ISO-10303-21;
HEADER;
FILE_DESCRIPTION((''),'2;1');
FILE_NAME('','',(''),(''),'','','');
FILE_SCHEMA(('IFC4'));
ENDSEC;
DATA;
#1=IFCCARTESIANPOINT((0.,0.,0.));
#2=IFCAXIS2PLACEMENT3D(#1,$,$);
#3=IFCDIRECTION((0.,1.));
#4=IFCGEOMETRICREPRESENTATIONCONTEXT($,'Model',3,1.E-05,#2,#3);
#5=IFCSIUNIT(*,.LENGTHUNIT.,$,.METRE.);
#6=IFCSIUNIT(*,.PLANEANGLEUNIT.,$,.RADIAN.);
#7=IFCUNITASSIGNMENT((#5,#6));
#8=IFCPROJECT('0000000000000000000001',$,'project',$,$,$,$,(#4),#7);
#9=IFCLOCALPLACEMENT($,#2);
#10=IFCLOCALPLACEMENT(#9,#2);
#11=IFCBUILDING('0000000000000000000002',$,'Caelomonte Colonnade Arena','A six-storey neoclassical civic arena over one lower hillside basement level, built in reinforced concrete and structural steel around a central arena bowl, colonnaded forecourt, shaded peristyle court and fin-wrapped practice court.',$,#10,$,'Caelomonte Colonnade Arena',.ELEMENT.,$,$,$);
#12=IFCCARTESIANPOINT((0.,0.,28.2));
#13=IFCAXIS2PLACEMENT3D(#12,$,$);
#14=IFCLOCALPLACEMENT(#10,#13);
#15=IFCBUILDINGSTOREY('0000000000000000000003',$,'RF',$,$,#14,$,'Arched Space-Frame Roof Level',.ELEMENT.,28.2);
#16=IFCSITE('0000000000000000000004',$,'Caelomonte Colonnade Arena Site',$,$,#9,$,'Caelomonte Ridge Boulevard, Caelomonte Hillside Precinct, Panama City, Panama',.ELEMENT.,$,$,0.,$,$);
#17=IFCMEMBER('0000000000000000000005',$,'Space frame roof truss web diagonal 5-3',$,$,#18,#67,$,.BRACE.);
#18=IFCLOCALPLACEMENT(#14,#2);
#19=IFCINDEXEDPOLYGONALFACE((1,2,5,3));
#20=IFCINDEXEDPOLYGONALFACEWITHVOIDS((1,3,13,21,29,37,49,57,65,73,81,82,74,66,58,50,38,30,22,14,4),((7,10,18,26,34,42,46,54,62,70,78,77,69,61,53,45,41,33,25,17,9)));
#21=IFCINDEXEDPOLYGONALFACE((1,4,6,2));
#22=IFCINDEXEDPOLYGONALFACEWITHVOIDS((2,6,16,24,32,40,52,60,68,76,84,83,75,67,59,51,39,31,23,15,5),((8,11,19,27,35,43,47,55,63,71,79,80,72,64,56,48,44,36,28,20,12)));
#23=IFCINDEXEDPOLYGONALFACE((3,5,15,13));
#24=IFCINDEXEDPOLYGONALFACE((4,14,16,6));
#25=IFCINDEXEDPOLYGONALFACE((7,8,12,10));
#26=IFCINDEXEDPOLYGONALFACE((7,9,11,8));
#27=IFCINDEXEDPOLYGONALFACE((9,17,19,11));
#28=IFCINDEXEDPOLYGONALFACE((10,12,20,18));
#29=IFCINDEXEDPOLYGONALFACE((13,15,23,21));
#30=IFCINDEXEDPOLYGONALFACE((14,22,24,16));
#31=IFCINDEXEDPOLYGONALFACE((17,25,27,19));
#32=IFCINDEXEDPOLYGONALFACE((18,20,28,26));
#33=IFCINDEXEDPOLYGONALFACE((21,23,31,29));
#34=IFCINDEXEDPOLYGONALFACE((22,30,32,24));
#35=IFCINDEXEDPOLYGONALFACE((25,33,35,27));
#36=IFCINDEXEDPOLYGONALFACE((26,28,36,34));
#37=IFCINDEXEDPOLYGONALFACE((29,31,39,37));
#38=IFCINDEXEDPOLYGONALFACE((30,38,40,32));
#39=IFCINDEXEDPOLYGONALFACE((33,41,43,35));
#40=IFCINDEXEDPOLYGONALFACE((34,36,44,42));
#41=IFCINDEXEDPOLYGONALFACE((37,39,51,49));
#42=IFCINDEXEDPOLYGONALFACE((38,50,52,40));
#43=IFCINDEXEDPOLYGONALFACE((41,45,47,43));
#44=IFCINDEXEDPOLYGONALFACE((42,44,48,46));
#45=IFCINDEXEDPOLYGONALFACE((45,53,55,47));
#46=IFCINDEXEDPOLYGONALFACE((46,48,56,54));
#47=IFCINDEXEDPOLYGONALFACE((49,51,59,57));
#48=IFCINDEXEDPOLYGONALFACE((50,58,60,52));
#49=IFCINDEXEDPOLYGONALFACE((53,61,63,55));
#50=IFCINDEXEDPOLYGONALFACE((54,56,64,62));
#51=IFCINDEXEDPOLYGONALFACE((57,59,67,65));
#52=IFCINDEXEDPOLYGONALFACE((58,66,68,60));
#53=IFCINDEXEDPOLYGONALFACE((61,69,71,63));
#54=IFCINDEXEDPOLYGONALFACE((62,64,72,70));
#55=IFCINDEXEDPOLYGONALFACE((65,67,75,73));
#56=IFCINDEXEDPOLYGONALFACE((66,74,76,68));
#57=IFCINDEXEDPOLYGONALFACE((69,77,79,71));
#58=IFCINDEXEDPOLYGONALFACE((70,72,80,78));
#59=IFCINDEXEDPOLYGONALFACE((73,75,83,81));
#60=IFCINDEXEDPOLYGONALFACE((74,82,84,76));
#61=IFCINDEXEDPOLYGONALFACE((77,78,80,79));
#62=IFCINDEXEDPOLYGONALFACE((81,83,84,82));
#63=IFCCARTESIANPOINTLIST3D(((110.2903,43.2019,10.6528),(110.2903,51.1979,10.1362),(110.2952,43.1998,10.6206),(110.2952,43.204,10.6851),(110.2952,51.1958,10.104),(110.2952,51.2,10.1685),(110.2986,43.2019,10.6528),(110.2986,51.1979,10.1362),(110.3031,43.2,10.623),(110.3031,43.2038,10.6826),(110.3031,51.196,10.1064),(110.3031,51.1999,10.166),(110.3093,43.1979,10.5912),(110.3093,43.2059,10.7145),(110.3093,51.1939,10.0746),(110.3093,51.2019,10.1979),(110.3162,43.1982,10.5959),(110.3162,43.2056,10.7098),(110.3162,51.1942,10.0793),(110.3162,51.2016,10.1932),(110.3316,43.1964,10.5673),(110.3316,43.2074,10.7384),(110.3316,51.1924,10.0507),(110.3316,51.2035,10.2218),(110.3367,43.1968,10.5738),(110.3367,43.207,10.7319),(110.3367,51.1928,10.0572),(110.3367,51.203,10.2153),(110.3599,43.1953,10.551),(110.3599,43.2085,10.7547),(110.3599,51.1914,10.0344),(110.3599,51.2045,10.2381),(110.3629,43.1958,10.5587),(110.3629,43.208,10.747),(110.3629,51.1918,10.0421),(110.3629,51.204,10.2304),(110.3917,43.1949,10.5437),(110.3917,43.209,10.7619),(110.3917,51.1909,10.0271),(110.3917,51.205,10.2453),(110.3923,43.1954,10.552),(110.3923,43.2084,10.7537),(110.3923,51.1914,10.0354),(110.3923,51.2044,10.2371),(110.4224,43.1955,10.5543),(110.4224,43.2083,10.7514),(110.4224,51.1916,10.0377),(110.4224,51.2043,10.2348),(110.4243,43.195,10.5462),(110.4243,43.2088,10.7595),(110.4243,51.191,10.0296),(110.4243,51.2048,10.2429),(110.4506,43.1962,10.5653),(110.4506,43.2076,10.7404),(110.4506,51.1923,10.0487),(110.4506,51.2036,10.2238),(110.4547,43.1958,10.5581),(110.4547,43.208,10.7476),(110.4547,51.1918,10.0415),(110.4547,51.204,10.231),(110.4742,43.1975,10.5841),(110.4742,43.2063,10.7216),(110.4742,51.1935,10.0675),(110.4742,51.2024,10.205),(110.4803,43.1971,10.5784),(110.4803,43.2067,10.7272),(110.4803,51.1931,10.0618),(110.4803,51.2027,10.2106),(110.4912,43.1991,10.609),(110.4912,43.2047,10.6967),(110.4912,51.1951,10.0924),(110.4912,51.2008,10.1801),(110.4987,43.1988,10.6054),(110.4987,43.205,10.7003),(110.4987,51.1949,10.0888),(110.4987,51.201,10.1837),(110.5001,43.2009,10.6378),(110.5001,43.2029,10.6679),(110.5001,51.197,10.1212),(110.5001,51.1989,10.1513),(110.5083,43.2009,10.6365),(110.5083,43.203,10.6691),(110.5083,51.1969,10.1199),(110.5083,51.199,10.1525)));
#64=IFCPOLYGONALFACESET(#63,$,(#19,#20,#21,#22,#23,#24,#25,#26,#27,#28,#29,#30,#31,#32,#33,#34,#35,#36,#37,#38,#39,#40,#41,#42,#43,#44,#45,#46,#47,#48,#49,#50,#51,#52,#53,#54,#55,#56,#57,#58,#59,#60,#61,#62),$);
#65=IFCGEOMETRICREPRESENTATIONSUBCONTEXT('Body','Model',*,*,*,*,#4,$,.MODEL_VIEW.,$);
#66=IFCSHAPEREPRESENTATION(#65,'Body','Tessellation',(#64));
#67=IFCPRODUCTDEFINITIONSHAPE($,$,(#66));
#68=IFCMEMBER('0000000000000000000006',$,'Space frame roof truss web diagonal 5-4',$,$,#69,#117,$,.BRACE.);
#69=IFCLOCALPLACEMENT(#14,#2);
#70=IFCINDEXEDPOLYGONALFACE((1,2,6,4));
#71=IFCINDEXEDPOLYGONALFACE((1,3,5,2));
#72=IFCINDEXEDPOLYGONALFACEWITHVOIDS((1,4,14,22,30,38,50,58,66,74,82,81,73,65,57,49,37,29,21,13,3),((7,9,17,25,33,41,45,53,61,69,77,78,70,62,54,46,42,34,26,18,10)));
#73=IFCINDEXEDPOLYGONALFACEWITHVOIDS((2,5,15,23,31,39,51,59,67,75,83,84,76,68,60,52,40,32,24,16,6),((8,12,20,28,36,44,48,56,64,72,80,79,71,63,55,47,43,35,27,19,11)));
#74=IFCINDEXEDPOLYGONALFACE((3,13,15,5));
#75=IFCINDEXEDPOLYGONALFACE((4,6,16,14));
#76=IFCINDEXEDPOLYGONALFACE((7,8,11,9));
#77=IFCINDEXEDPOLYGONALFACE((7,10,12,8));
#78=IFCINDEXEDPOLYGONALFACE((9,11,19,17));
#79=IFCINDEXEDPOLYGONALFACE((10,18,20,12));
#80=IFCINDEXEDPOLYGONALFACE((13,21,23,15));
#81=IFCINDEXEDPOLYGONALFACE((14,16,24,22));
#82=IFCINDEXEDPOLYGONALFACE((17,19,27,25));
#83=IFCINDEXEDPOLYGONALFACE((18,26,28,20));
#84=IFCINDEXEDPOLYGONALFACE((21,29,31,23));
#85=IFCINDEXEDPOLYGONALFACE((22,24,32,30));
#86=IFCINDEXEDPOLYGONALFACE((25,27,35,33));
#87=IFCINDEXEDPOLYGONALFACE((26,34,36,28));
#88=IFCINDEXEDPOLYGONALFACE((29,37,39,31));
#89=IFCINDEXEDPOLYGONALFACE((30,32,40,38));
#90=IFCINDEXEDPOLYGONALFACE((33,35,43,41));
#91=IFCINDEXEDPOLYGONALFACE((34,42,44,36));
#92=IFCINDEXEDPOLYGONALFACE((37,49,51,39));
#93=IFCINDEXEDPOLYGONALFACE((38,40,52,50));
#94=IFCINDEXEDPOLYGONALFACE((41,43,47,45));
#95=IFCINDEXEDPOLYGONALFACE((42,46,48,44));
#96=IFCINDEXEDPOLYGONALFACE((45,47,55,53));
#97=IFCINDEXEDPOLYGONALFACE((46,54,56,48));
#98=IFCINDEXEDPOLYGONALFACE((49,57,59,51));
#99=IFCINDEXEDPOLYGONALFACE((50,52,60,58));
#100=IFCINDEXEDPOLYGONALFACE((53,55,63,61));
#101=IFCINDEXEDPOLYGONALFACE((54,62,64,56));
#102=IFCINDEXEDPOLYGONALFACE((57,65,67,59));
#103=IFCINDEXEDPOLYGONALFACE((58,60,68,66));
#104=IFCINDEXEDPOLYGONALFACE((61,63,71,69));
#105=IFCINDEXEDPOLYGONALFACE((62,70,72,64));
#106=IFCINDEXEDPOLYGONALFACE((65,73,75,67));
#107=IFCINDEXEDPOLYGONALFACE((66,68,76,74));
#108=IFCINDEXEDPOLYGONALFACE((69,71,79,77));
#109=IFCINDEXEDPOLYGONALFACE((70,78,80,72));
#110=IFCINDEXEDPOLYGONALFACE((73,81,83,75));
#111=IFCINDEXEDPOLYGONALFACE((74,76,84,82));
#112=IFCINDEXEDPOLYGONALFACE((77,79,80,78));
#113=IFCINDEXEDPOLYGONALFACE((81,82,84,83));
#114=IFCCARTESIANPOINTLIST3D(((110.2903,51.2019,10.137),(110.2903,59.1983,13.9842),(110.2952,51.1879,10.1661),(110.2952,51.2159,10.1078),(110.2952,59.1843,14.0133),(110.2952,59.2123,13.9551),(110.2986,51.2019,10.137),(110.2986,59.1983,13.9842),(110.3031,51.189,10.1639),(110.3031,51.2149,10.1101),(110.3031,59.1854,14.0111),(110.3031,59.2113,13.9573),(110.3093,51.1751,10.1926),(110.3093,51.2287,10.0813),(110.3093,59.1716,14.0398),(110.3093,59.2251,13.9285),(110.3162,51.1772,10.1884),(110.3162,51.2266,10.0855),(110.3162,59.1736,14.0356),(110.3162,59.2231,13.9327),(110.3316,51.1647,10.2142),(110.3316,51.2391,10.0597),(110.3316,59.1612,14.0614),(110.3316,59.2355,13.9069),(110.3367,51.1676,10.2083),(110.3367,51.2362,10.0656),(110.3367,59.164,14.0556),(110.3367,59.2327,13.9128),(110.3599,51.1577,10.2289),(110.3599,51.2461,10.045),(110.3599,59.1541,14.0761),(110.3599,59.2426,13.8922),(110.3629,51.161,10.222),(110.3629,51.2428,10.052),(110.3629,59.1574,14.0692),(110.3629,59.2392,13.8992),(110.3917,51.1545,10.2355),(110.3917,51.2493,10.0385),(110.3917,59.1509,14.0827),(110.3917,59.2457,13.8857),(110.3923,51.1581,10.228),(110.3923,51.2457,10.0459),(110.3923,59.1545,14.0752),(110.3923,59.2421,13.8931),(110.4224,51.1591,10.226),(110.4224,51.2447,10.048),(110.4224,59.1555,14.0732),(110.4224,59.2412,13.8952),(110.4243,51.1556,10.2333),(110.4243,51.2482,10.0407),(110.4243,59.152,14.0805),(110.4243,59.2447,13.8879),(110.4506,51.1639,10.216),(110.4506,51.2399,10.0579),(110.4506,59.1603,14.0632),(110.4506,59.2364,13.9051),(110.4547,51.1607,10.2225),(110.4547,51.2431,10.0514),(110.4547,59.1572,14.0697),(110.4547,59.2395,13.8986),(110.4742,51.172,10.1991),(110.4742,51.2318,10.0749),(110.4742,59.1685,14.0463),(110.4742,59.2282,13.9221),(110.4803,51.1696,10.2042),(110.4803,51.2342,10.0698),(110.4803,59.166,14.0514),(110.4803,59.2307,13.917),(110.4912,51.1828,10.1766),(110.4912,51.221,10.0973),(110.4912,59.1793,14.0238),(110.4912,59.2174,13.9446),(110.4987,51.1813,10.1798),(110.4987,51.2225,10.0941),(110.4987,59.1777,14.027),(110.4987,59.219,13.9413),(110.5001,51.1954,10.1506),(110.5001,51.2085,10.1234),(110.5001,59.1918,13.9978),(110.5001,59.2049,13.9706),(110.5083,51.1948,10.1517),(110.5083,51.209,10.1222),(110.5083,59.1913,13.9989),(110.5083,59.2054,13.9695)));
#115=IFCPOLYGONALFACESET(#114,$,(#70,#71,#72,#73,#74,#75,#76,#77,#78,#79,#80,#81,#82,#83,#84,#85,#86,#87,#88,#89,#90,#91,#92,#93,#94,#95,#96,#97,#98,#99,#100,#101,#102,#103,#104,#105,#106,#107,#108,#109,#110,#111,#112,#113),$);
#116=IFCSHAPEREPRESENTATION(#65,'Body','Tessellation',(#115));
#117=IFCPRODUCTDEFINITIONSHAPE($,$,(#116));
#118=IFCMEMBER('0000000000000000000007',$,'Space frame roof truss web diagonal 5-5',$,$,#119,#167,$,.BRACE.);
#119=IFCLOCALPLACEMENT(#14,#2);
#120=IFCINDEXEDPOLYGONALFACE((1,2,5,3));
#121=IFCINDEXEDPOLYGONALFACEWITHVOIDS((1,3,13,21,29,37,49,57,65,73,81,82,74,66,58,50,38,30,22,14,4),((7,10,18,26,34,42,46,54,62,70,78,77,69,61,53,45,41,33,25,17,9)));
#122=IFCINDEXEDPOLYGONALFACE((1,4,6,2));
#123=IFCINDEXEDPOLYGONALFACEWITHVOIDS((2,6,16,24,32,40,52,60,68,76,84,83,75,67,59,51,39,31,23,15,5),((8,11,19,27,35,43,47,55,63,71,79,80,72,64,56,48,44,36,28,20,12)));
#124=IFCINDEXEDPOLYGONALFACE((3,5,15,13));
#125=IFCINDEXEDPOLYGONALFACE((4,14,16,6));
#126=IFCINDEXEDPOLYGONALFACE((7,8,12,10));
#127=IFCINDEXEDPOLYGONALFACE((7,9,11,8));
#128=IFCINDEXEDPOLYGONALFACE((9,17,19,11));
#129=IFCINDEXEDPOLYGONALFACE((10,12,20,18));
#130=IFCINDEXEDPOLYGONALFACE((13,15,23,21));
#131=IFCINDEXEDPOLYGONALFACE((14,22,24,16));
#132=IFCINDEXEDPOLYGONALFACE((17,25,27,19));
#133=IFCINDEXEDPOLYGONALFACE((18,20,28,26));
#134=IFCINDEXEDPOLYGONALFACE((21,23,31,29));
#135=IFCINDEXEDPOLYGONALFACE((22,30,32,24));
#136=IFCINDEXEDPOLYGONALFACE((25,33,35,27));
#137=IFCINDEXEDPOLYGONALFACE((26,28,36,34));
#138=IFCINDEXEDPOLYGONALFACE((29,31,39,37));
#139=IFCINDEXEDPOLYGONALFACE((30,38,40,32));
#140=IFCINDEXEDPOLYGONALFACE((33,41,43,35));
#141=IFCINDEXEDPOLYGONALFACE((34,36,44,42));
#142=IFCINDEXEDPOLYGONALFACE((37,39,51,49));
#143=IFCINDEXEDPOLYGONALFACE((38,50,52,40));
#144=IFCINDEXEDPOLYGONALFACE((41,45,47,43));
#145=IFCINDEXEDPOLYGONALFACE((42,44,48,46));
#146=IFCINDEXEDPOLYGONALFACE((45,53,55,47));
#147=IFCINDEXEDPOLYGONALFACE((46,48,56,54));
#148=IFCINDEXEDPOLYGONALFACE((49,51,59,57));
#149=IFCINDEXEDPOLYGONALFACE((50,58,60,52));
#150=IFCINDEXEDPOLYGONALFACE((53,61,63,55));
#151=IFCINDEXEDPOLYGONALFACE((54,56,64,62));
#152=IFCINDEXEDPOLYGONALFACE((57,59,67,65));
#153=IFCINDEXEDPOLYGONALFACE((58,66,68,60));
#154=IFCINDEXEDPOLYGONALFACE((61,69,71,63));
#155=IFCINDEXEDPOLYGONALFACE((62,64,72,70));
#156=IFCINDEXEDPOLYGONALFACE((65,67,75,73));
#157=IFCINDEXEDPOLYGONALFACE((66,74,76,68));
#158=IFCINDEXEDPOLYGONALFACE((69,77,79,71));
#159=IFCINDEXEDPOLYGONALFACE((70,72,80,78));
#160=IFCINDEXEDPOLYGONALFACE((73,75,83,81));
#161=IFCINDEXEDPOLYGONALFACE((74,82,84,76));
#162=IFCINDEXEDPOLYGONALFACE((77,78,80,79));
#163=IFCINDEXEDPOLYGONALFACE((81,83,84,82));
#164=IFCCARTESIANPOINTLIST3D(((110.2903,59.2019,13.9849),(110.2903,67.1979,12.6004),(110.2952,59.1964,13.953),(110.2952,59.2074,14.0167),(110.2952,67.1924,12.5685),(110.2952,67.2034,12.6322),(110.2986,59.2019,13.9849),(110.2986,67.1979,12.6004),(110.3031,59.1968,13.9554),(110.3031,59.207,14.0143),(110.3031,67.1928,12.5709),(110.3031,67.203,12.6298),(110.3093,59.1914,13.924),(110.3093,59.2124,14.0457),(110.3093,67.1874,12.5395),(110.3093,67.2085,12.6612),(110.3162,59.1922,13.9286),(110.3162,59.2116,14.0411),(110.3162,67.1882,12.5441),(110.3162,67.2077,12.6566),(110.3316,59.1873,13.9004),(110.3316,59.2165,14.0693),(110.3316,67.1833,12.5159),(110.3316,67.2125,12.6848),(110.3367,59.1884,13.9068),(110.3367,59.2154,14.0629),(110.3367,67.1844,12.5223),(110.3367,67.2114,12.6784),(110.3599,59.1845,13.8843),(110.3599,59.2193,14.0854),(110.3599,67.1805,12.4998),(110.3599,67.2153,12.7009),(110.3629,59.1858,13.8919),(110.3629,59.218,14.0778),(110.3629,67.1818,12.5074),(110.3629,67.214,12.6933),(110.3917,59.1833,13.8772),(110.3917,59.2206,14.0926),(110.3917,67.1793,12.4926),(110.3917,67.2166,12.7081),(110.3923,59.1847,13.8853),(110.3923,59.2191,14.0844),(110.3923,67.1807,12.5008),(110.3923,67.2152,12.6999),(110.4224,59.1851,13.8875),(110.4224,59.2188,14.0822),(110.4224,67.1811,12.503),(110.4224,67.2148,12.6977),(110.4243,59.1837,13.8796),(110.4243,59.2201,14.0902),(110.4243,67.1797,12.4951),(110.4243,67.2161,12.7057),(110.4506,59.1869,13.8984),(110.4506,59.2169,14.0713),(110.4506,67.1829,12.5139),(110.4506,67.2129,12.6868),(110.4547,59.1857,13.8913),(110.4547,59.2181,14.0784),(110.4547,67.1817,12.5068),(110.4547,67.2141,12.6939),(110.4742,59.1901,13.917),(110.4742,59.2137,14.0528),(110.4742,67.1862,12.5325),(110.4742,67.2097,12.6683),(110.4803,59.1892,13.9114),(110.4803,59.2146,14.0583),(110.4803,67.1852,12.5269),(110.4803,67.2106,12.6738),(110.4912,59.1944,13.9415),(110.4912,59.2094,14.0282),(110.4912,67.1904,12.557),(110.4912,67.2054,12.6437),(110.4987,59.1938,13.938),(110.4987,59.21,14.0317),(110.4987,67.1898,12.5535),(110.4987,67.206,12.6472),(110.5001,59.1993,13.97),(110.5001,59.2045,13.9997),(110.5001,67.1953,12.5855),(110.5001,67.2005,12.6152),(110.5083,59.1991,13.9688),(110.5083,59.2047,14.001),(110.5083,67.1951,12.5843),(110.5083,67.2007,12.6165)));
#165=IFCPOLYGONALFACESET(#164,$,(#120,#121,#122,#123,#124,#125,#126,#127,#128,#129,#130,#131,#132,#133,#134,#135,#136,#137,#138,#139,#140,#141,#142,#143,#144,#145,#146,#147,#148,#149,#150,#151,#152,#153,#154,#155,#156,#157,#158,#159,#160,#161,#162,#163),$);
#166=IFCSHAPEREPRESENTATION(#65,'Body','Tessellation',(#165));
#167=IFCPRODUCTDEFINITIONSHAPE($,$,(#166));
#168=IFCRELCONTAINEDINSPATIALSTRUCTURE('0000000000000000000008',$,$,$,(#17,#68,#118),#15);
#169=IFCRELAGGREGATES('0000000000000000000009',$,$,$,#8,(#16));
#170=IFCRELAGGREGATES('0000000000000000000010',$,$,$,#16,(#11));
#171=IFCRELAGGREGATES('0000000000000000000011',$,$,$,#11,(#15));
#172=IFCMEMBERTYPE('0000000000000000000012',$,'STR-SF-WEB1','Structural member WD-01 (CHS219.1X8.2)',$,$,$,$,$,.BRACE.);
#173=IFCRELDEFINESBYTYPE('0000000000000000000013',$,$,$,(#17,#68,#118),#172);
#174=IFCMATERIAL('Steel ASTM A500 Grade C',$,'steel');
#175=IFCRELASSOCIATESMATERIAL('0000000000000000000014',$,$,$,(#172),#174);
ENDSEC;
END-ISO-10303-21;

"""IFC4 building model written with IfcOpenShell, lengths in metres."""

from ifc_helpers import new_model, si_unit, direction, frame, origin, origin_2d, place, context, subcontext, project, spatial, hollow_circle, extrude, material, material_profile, profile_set, type_object, element, save


model = new_model("IFC4")

# Units and contexts
model_context = context("Model", 3, precision=1e-05, world=origin(), true_north=direction((0.0, 1.0)))
body_context = subcontext(model_context, "Body", "Model", "MODEL_VIEW")
ifc_project = project(units=[si_unit("LENGTHUNIT", "METRE"), si_unit("PLANEANGLEUNIT", "RADIAN")], contexts=[model_context])

# Site, building, storey
site_placement = place(None, origin())
site = spatial("IfcSite", under=ifc_project, at=site_placement, Name="Caelomonte Colonnade Arena Site", LongName="Caelomonte Ridge Boulevard, Caelomonte Hillside Precinct, Panama City, Panama", CompositionType="ELEMENT", RefElevation=0.0)
building_placement = place(site_placement, origin())
building = spatial("IfcBuilding", under=site, at=building_placement, Name="Caelomonte Colonnade Arena", Description="A six-storey neoclassical civic arena over one lower hillside basement level, built in reinforced concrete and structural steel around a central arena bowl, colonnaded forecourt, shaded peristyle court and fin-wrapped practice court.", LongName="Caelomonte Colonnade Arena", CompositionType="ELEMENT")
storey_placement = place(building_placement, frame((0.0, 0.0, 28.2)))
storey = spatial("IfcBuildingStorey", under=building, at=storey_placement, Name="RF", LongName="Arched Space-Frame Roof Level", CompositionType="ELEMENT", Elevation=28.2)

# Members
ifc_material_1 = material(Name="Steel ASTM A500 Grade C", Category="steel")
ifc_material_profile_1 = material_profile(ifc_material_1, hollow_circle(Radius=0.1096, WallThickness=0.0083, at=origin_2d()), Name="CHS219.1X8.2")
ifc_profile_set_1 = profile_set([ifc_material_profile_1], Name="Steel ASTM A500 Grade C")
member_type_1 = type_object("IfcMemberType", Name="STR-SF-WEB1", Description="Structural member WD-01 (CHS219.1X8.2)", PredefinedType="BRACE", material=ifc_profile_set_1)
member_1_placement = place(storey_placement, frame((110.3999, 43.2019, 10.6528), z_axis=(0.0, 0.997919, -0.064472), x_axis=(-1.0, 0.0, 0.0)))
element("IfcMember", 1, at=member_1_placement, inside=storey, type_object=member_type_1, Name="Space frame roof truss web diagonal 5-3", PredefinedType="BRACE", context=body_context, shape_type="SweptSolid", body=[
    extrude(hollow_circle(Radius=0.1096, WallThickness=0.0083, at=origin_2d()), origin(), (0.0, 0.0, 1.0), 8.0127),
])
member_2_placement = place(storey_placement, frame((110.3999, 51.2019, 10.137), z_axis=(0.0, 0.90113, 0.433548), x_axis=(-1.0, 0.0, 0.0)))
element("IfcMember", 2, at=member_2_placement, inside=storey, type_object=member_type_1, Name="Space frame roof truss web diagonal 5-4", PredefinedType="BRACE", context=body_context, shape_type="SweptSolid", body=[
    extrude(hollow_circle(Radius=0.1096, WallThickness=0.0083, at=origin_2d()), origin(), (0.0, 0.0, 1.0), 8.8738),
])
member_3_placement = place(storey_placement, frame((110.3999, 59.2019, 13.9849), z_axis=(0.0, 0.985338, -0.170611), x_axis=(-1.0, 0.0, 0.0)))
element("IfcMember", 3, at=member_3_placement, inside=storey, type_object=member_type_1, Name="Space frame roof truss web diagonal 5-5", PredefinedType="BRACE", context=body_context, shape_type="SweptSolid", body=[
    extrude(hollow_circle(Radius=0.1096, WallThickness=0.0083, at=origin_2d()), origin(), (0.0, 0.0, 1.0), 8.115),
])

save(model, "model.ifc")
